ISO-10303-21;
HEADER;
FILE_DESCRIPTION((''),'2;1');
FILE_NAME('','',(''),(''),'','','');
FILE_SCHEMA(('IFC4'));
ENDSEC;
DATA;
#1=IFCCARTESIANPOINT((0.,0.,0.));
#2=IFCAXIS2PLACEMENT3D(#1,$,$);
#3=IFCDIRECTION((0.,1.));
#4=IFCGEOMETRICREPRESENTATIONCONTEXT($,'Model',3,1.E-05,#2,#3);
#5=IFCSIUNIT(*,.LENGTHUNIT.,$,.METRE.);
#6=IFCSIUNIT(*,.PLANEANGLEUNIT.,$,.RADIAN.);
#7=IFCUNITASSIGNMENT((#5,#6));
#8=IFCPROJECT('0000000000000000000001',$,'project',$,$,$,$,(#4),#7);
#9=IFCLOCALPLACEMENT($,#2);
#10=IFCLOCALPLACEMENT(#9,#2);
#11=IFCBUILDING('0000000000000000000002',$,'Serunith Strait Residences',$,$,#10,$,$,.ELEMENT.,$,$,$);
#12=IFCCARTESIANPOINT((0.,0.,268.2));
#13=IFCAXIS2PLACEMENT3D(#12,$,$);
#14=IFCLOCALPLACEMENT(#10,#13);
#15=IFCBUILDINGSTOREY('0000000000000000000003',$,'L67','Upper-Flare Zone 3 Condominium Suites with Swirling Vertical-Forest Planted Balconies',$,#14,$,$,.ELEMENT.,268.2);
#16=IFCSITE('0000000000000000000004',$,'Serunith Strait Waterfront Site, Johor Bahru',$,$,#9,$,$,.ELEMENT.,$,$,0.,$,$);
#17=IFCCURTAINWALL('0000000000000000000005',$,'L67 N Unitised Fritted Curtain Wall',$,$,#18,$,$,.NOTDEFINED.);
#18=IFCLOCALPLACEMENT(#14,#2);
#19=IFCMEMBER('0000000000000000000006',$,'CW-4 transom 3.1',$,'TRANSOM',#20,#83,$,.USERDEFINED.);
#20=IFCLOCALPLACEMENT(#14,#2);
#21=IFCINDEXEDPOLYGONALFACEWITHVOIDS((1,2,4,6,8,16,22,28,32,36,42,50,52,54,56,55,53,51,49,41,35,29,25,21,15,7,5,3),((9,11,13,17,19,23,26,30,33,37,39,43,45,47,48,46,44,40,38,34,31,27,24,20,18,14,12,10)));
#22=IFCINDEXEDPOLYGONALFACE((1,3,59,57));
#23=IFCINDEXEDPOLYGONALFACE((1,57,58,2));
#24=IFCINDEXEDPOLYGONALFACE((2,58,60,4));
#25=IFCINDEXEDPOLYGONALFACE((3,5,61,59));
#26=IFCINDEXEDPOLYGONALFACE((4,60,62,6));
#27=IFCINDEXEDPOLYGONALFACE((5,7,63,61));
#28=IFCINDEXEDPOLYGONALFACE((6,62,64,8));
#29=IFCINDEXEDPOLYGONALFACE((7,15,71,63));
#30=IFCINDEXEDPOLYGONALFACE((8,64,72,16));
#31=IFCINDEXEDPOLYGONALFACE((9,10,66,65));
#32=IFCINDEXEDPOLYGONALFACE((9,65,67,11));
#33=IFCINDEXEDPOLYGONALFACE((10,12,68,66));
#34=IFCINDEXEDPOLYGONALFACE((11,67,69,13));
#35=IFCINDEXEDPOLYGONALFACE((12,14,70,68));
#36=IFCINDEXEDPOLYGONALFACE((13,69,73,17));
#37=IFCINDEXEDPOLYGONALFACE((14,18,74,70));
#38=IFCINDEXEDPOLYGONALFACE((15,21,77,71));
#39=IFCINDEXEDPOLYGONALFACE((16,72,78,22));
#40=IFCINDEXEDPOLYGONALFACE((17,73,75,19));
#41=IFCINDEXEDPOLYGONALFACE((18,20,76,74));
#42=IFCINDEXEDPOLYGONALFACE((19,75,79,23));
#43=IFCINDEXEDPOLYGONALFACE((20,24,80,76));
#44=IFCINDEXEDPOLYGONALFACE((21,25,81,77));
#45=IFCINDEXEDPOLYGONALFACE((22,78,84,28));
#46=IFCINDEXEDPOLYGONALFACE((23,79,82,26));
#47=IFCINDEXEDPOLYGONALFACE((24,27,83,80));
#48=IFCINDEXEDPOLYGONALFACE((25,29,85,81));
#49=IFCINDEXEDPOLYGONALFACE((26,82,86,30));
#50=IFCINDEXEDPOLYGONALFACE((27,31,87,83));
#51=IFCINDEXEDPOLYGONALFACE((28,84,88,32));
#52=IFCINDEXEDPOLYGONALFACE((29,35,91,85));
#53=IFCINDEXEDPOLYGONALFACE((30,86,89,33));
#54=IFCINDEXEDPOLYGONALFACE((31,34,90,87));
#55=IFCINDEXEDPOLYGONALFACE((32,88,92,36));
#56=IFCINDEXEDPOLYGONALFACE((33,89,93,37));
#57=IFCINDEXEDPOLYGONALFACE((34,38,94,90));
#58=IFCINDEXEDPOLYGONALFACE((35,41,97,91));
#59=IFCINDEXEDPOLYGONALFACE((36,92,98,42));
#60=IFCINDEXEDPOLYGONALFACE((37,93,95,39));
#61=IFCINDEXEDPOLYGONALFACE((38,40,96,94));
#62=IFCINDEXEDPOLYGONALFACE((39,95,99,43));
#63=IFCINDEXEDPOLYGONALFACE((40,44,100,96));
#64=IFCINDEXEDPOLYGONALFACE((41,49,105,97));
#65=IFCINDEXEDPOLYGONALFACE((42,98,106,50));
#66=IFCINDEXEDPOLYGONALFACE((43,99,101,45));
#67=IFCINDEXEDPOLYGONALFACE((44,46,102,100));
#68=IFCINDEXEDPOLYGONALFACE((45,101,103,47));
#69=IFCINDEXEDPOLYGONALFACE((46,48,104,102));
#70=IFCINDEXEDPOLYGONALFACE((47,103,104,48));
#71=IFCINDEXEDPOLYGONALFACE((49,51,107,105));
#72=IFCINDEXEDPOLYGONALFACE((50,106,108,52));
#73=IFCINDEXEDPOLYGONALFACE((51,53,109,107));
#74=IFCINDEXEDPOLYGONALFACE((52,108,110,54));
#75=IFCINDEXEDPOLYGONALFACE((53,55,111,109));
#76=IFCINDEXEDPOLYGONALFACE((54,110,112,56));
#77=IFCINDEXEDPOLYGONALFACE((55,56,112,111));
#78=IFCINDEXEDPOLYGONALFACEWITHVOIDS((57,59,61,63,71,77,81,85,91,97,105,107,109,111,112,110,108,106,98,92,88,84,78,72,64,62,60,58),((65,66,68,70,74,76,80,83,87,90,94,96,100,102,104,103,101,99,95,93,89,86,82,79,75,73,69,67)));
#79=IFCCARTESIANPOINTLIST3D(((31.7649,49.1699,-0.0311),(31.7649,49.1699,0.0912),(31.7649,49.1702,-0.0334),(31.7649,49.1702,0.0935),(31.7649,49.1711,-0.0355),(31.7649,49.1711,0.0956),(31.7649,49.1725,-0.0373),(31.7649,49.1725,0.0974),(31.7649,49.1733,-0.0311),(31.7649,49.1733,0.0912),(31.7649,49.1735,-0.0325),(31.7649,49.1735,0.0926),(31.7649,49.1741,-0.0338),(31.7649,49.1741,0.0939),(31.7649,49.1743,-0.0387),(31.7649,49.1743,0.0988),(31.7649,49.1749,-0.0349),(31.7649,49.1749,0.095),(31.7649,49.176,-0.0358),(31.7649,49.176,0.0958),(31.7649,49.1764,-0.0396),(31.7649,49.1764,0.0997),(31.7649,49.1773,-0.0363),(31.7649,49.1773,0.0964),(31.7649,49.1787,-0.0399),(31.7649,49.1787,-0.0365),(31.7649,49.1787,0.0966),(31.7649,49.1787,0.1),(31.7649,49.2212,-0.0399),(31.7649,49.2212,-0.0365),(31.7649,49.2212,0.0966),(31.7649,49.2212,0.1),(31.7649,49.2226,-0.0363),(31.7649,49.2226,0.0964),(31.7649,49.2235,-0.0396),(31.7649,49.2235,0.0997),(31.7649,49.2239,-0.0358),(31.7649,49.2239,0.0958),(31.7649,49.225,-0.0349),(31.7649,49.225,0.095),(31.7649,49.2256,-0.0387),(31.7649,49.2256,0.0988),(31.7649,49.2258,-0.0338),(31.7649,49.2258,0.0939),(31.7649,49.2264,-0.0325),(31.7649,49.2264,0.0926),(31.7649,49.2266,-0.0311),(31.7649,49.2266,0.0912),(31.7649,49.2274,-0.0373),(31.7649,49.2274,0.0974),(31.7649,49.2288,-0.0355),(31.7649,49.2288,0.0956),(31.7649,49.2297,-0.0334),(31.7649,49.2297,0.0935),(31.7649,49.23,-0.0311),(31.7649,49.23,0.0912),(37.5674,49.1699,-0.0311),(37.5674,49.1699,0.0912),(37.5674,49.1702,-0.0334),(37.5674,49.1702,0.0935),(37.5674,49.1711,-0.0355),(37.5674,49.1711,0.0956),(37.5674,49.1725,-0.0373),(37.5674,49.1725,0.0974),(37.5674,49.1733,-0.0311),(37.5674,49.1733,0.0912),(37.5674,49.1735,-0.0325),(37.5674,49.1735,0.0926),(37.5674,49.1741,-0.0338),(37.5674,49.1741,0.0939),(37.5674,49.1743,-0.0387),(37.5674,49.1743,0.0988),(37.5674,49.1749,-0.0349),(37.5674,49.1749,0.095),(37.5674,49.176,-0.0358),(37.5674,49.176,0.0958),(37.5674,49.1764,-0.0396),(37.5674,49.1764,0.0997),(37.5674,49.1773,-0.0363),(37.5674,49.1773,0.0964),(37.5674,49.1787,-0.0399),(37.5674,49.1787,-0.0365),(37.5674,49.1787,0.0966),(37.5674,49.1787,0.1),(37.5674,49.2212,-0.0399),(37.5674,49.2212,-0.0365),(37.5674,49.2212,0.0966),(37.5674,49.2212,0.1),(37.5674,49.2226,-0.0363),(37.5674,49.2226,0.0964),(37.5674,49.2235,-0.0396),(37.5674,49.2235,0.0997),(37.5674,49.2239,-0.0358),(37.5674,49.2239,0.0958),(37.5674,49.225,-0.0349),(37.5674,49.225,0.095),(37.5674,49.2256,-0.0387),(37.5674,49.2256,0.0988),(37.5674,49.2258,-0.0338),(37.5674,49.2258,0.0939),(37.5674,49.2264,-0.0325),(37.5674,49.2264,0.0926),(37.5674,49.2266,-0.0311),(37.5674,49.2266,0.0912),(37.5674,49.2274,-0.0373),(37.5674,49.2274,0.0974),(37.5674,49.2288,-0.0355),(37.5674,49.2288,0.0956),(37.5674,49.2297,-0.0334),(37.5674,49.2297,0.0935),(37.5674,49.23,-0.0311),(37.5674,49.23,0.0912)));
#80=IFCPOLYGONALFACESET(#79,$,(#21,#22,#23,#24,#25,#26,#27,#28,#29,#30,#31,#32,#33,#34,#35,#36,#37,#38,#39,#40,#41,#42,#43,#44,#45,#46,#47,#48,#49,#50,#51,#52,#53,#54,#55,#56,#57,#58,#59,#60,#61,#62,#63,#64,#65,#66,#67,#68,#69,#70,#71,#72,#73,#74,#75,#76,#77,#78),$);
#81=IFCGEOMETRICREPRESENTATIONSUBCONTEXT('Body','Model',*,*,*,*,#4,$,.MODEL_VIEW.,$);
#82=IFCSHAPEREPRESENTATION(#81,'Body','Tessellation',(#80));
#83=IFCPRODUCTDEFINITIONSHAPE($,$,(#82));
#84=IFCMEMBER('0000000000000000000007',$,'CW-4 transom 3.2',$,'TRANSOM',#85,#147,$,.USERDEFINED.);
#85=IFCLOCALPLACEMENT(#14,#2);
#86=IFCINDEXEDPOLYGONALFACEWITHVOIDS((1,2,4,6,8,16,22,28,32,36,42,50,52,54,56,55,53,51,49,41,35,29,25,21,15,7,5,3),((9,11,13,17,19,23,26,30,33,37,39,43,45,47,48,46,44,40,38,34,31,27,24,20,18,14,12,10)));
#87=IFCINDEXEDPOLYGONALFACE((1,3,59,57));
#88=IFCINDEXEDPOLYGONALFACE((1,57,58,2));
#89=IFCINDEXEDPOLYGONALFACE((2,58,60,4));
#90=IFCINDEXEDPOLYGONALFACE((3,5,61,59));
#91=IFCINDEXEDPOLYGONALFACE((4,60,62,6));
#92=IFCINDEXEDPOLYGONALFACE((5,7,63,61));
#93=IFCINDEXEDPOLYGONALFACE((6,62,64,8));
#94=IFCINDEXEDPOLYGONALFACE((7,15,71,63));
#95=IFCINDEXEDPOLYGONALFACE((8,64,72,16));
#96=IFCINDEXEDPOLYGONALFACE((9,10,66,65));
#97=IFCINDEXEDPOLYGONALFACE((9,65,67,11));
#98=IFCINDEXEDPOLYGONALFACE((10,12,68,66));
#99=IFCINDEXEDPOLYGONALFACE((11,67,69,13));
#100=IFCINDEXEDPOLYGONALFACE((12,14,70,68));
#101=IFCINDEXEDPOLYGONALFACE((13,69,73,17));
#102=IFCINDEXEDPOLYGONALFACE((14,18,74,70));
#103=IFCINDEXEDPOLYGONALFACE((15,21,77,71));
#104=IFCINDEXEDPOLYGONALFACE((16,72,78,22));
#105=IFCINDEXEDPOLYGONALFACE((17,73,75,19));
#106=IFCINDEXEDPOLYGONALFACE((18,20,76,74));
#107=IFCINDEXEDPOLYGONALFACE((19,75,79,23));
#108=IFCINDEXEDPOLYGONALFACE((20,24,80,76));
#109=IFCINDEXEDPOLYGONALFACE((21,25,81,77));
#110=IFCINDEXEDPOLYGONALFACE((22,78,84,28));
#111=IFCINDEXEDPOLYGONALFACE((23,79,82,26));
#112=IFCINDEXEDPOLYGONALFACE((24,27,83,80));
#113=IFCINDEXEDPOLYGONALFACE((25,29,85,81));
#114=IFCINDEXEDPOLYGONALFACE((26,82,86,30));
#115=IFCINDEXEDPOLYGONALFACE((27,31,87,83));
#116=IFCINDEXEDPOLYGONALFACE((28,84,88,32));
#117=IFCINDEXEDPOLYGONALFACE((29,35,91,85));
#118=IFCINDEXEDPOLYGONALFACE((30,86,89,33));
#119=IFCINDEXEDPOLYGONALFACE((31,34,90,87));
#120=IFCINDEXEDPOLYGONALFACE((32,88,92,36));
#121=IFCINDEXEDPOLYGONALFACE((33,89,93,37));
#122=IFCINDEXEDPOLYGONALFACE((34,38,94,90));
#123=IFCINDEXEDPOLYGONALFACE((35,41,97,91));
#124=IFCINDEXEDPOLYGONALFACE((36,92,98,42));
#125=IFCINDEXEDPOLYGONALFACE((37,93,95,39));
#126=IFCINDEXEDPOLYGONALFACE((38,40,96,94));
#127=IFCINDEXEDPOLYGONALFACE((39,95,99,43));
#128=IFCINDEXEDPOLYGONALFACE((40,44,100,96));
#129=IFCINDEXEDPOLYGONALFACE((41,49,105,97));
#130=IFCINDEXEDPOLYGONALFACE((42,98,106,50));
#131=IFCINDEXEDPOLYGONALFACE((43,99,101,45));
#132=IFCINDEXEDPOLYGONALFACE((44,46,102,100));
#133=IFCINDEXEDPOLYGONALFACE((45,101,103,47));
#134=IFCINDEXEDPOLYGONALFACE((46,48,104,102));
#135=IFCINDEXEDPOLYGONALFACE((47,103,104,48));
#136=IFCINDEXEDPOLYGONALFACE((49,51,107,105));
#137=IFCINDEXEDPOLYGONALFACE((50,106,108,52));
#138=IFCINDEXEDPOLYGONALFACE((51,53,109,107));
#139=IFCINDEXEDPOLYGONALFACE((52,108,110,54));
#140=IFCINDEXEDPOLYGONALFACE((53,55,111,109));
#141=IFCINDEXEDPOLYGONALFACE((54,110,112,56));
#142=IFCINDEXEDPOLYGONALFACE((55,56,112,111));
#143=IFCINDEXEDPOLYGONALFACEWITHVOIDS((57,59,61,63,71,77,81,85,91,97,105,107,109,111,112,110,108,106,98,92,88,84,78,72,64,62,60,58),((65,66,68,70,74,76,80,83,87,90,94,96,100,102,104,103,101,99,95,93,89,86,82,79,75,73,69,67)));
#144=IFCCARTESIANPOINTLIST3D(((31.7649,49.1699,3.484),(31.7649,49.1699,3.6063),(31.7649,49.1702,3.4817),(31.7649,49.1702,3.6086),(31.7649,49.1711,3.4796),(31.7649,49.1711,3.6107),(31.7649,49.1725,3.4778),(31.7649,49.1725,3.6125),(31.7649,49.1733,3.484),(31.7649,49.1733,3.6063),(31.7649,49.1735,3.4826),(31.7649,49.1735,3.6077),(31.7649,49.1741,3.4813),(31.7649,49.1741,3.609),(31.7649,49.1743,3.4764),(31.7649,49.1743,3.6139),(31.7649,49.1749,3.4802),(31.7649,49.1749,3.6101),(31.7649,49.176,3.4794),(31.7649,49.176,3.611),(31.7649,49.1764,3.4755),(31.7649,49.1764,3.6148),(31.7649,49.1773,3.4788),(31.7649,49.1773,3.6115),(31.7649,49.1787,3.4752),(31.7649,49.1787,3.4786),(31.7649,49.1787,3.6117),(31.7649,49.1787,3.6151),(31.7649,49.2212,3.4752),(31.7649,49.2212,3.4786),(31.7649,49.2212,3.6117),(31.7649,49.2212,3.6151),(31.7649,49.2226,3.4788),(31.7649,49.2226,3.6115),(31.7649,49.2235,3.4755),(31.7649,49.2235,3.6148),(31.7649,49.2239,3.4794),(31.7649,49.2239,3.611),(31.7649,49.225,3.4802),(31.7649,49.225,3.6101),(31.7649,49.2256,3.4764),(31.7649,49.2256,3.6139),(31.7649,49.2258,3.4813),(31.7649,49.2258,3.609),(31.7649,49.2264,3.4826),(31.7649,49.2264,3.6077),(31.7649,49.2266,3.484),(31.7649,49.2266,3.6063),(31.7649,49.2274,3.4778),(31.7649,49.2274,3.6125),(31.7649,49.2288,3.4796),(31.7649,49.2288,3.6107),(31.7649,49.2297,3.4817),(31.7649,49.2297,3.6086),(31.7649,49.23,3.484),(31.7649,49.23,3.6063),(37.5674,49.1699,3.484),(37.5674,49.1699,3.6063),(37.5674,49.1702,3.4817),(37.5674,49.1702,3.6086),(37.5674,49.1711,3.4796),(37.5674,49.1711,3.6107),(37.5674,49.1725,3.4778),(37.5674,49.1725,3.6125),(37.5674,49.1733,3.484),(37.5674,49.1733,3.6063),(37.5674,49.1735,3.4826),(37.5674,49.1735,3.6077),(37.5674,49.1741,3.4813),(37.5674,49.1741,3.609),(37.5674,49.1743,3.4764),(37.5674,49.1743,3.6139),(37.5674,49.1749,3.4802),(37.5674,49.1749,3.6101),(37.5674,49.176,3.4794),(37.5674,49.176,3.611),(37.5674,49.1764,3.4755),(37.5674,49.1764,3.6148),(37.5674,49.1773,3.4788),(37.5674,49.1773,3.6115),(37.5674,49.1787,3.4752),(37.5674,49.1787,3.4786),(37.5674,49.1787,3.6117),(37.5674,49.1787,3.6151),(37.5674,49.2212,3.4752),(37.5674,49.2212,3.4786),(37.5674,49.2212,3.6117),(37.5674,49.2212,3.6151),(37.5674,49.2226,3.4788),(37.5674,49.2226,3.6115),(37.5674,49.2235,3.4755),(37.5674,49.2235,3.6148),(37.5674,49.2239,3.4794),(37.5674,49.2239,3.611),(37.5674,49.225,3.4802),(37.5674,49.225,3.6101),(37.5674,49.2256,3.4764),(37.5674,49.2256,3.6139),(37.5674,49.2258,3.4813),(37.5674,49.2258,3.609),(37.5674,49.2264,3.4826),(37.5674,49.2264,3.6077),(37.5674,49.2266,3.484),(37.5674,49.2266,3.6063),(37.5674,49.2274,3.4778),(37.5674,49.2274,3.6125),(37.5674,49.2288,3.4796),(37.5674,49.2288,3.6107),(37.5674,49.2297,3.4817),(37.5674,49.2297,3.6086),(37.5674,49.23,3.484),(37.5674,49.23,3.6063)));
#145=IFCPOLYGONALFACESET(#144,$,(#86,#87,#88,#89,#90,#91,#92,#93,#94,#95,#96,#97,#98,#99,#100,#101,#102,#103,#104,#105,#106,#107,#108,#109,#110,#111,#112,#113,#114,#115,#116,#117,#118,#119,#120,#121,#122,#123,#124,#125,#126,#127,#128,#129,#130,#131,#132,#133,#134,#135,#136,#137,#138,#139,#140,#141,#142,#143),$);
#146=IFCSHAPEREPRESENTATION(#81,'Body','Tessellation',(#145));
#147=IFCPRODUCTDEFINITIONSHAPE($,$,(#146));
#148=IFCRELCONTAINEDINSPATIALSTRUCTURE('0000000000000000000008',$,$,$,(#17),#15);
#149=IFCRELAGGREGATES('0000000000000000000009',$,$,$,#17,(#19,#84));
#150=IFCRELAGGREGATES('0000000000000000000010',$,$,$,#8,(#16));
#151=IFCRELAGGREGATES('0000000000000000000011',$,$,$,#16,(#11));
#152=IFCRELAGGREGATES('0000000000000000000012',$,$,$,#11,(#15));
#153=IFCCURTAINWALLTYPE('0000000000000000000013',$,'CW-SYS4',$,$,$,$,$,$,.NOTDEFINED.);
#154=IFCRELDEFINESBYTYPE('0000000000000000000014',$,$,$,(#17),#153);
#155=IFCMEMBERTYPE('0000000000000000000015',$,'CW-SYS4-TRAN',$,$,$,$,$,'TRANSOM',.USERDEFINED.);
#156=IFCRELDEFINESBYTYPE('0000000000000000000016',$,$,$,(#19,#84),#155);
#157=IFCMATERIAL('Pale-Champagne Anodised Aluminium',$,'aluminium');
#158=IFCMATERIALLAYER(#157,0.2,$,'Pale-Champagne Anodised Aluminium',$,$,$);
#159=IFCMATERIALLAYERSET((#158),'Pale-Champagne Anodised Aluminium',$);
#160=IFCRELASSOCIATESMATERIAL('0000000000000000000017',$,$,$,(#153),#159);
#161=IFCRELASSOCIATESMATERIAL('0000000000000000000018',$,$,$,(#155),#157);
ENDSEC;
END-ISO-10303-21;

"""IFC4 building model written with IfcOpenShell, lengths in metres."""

from ifc_helpers import new_model, si_unit, direction, frame, origin, origin_2d, place, context, subcontext, project, spatial, hollow_rectangle, extrude, source, transform, mapped, material, layer, layer_set, material_profile, profile_set, type_object, element, aggregate, save


model = new_model("IFC4")

# Units and contexts
model_context = context("Model", 3, precision=1e-05, world=origin(), true_north=direction((0.0, 1.0)))
body_context = subcontext(model_context, "Body", "Model", "MODEL_VIEW")
ifc_project = project(units=[si_unit("LENGTHUNIT", "METRE"), si_unit("PLANEANGLEUNIT", "RADIAN")], contexts=[model_context])

# Site, building, storey
site_placement = place(None, origin())
site = spatial("IfcSite", under=ifc_project, at=site_placement, Name="Serunith Strait Waterfront Site, Johor Bahru", CompositionType="ELEMENT", RefElevation=0.0)
building_placement = place(site_placement, origin())
building = spatial("IfcBuilding", under=site, at=building_placement, Name="Serunith Strait Residences", CompositionType="ELEMENT")
storey_placement = place(building_placement, frame((0.0, 0.0, 268.2)))
storey = spatial("IfcBuildingStorey", under=building, at=storey_placement, Name="L67", Description="Upper-Flare Zone 3 Condominium Suites with Swirling Vertical-Forest Planted Balconies", CompositionType="ELEMENT", Elevation=268.2)

# Curtain wall, members
ifc_material_1 = material(Name="Pale-Champagne Anodised Aluminium", Category="aluminium")
ifc_layer_1 = layer(ifc_material_1, 0.2, Name="Pale-Champagne Anodised Aluminium")
ifc_layer_set_1 = layer_set([ifc_layer_1], Name="Pale-Champagne Anodised Aluminium")
curtain_wall_type = type_object("IfcCurtainWallType", Name="CW-SYS4", PredefinedType="NOTDEFINED", material=ifc_layer_set_1)
curtain_wall_placement = place(storey_placement, origin())
curtain_wall = element("IfcCurtainWall", 1, at=curtain_wall_placement, inside=storey, type_object=curtain_wall_type, Name="L67 N Unitised Fritted Curtain Wall", PredefinedType="NOTDEFINED")
ifc_material_profile_1 = material_profile(ifc_material_1, hollow_rectangle(XDim=0.0601, YDim=0.1399, WallThickness=0.0034, InnerFilletRadius=0.0054, OuterFilletRadius=0.0088, at=origin_2d()), Name="ALU 140x60x3.5")
ifc_profile_set_1 = profile_set([ifc_material_profile_1], Name="Pale-Champagne Anodised Aluminium")
member_type_1 = type_object("IfcMemberType", Name="CW-SYS4-TRAN", ElementType="TRANSOM", PredefinedType="USERDEFINED", material=ifc_profile_set_1)
shared_shape_1 = source(origin(), body_context, "Body", "SweptSolid", [
    extrude(hollow_rectangle(XDim=0.0601, YDim=0.1399, WallThickness=0.0034, InnerFilletRadius=0.0054, OuterFilletRadius=0.0088, at=origin_2d()), origin(), (0.0, 0.0, 1.0), 5.8025),
])
member_1_placement = place(storey_placement, frame((37.5674, 49.2, 0.03), z_axis=(-1.0, 0.0, 0.0), x_axis=(0.0, -1.0, 0.0)))
member_1 = element("IfcMember", 2, at=member_1_placement, type_object=member_type_1, Name="CW-4 transom 3.1", ObjectType="TRANSOM", PredefinedType="USERDEFINED", context=body_context, shape_type="MappedRepresentation", body=[
    mapped(shared_shape_1, transform((0.0, 0.0, 0.0), scale=1.0)),
])
member_2_placement = place(storey_placement, frame((37.5674, 49.2, 3.5452), z_axis=(-1.0, 0.0, 0.0), x_axis=(0.0, -1.0, 0.0)))
member_2 = element("IfcMember", 3, at=member_2_placement, type_object=member_type_1, Name="CW-4 transom 3.2", ObjectType="TRANSOM", PredefinedType="USERDEFINED", context=body_context, shape_type="MappedRepresentation", body=[
    mapped(shared_shape_1, transform((0.0, 0.0, 0.0), scale=1.0)),
])
aggregate(curtain_wall, [member_1, member_2])

save(model, "model.ifc")
